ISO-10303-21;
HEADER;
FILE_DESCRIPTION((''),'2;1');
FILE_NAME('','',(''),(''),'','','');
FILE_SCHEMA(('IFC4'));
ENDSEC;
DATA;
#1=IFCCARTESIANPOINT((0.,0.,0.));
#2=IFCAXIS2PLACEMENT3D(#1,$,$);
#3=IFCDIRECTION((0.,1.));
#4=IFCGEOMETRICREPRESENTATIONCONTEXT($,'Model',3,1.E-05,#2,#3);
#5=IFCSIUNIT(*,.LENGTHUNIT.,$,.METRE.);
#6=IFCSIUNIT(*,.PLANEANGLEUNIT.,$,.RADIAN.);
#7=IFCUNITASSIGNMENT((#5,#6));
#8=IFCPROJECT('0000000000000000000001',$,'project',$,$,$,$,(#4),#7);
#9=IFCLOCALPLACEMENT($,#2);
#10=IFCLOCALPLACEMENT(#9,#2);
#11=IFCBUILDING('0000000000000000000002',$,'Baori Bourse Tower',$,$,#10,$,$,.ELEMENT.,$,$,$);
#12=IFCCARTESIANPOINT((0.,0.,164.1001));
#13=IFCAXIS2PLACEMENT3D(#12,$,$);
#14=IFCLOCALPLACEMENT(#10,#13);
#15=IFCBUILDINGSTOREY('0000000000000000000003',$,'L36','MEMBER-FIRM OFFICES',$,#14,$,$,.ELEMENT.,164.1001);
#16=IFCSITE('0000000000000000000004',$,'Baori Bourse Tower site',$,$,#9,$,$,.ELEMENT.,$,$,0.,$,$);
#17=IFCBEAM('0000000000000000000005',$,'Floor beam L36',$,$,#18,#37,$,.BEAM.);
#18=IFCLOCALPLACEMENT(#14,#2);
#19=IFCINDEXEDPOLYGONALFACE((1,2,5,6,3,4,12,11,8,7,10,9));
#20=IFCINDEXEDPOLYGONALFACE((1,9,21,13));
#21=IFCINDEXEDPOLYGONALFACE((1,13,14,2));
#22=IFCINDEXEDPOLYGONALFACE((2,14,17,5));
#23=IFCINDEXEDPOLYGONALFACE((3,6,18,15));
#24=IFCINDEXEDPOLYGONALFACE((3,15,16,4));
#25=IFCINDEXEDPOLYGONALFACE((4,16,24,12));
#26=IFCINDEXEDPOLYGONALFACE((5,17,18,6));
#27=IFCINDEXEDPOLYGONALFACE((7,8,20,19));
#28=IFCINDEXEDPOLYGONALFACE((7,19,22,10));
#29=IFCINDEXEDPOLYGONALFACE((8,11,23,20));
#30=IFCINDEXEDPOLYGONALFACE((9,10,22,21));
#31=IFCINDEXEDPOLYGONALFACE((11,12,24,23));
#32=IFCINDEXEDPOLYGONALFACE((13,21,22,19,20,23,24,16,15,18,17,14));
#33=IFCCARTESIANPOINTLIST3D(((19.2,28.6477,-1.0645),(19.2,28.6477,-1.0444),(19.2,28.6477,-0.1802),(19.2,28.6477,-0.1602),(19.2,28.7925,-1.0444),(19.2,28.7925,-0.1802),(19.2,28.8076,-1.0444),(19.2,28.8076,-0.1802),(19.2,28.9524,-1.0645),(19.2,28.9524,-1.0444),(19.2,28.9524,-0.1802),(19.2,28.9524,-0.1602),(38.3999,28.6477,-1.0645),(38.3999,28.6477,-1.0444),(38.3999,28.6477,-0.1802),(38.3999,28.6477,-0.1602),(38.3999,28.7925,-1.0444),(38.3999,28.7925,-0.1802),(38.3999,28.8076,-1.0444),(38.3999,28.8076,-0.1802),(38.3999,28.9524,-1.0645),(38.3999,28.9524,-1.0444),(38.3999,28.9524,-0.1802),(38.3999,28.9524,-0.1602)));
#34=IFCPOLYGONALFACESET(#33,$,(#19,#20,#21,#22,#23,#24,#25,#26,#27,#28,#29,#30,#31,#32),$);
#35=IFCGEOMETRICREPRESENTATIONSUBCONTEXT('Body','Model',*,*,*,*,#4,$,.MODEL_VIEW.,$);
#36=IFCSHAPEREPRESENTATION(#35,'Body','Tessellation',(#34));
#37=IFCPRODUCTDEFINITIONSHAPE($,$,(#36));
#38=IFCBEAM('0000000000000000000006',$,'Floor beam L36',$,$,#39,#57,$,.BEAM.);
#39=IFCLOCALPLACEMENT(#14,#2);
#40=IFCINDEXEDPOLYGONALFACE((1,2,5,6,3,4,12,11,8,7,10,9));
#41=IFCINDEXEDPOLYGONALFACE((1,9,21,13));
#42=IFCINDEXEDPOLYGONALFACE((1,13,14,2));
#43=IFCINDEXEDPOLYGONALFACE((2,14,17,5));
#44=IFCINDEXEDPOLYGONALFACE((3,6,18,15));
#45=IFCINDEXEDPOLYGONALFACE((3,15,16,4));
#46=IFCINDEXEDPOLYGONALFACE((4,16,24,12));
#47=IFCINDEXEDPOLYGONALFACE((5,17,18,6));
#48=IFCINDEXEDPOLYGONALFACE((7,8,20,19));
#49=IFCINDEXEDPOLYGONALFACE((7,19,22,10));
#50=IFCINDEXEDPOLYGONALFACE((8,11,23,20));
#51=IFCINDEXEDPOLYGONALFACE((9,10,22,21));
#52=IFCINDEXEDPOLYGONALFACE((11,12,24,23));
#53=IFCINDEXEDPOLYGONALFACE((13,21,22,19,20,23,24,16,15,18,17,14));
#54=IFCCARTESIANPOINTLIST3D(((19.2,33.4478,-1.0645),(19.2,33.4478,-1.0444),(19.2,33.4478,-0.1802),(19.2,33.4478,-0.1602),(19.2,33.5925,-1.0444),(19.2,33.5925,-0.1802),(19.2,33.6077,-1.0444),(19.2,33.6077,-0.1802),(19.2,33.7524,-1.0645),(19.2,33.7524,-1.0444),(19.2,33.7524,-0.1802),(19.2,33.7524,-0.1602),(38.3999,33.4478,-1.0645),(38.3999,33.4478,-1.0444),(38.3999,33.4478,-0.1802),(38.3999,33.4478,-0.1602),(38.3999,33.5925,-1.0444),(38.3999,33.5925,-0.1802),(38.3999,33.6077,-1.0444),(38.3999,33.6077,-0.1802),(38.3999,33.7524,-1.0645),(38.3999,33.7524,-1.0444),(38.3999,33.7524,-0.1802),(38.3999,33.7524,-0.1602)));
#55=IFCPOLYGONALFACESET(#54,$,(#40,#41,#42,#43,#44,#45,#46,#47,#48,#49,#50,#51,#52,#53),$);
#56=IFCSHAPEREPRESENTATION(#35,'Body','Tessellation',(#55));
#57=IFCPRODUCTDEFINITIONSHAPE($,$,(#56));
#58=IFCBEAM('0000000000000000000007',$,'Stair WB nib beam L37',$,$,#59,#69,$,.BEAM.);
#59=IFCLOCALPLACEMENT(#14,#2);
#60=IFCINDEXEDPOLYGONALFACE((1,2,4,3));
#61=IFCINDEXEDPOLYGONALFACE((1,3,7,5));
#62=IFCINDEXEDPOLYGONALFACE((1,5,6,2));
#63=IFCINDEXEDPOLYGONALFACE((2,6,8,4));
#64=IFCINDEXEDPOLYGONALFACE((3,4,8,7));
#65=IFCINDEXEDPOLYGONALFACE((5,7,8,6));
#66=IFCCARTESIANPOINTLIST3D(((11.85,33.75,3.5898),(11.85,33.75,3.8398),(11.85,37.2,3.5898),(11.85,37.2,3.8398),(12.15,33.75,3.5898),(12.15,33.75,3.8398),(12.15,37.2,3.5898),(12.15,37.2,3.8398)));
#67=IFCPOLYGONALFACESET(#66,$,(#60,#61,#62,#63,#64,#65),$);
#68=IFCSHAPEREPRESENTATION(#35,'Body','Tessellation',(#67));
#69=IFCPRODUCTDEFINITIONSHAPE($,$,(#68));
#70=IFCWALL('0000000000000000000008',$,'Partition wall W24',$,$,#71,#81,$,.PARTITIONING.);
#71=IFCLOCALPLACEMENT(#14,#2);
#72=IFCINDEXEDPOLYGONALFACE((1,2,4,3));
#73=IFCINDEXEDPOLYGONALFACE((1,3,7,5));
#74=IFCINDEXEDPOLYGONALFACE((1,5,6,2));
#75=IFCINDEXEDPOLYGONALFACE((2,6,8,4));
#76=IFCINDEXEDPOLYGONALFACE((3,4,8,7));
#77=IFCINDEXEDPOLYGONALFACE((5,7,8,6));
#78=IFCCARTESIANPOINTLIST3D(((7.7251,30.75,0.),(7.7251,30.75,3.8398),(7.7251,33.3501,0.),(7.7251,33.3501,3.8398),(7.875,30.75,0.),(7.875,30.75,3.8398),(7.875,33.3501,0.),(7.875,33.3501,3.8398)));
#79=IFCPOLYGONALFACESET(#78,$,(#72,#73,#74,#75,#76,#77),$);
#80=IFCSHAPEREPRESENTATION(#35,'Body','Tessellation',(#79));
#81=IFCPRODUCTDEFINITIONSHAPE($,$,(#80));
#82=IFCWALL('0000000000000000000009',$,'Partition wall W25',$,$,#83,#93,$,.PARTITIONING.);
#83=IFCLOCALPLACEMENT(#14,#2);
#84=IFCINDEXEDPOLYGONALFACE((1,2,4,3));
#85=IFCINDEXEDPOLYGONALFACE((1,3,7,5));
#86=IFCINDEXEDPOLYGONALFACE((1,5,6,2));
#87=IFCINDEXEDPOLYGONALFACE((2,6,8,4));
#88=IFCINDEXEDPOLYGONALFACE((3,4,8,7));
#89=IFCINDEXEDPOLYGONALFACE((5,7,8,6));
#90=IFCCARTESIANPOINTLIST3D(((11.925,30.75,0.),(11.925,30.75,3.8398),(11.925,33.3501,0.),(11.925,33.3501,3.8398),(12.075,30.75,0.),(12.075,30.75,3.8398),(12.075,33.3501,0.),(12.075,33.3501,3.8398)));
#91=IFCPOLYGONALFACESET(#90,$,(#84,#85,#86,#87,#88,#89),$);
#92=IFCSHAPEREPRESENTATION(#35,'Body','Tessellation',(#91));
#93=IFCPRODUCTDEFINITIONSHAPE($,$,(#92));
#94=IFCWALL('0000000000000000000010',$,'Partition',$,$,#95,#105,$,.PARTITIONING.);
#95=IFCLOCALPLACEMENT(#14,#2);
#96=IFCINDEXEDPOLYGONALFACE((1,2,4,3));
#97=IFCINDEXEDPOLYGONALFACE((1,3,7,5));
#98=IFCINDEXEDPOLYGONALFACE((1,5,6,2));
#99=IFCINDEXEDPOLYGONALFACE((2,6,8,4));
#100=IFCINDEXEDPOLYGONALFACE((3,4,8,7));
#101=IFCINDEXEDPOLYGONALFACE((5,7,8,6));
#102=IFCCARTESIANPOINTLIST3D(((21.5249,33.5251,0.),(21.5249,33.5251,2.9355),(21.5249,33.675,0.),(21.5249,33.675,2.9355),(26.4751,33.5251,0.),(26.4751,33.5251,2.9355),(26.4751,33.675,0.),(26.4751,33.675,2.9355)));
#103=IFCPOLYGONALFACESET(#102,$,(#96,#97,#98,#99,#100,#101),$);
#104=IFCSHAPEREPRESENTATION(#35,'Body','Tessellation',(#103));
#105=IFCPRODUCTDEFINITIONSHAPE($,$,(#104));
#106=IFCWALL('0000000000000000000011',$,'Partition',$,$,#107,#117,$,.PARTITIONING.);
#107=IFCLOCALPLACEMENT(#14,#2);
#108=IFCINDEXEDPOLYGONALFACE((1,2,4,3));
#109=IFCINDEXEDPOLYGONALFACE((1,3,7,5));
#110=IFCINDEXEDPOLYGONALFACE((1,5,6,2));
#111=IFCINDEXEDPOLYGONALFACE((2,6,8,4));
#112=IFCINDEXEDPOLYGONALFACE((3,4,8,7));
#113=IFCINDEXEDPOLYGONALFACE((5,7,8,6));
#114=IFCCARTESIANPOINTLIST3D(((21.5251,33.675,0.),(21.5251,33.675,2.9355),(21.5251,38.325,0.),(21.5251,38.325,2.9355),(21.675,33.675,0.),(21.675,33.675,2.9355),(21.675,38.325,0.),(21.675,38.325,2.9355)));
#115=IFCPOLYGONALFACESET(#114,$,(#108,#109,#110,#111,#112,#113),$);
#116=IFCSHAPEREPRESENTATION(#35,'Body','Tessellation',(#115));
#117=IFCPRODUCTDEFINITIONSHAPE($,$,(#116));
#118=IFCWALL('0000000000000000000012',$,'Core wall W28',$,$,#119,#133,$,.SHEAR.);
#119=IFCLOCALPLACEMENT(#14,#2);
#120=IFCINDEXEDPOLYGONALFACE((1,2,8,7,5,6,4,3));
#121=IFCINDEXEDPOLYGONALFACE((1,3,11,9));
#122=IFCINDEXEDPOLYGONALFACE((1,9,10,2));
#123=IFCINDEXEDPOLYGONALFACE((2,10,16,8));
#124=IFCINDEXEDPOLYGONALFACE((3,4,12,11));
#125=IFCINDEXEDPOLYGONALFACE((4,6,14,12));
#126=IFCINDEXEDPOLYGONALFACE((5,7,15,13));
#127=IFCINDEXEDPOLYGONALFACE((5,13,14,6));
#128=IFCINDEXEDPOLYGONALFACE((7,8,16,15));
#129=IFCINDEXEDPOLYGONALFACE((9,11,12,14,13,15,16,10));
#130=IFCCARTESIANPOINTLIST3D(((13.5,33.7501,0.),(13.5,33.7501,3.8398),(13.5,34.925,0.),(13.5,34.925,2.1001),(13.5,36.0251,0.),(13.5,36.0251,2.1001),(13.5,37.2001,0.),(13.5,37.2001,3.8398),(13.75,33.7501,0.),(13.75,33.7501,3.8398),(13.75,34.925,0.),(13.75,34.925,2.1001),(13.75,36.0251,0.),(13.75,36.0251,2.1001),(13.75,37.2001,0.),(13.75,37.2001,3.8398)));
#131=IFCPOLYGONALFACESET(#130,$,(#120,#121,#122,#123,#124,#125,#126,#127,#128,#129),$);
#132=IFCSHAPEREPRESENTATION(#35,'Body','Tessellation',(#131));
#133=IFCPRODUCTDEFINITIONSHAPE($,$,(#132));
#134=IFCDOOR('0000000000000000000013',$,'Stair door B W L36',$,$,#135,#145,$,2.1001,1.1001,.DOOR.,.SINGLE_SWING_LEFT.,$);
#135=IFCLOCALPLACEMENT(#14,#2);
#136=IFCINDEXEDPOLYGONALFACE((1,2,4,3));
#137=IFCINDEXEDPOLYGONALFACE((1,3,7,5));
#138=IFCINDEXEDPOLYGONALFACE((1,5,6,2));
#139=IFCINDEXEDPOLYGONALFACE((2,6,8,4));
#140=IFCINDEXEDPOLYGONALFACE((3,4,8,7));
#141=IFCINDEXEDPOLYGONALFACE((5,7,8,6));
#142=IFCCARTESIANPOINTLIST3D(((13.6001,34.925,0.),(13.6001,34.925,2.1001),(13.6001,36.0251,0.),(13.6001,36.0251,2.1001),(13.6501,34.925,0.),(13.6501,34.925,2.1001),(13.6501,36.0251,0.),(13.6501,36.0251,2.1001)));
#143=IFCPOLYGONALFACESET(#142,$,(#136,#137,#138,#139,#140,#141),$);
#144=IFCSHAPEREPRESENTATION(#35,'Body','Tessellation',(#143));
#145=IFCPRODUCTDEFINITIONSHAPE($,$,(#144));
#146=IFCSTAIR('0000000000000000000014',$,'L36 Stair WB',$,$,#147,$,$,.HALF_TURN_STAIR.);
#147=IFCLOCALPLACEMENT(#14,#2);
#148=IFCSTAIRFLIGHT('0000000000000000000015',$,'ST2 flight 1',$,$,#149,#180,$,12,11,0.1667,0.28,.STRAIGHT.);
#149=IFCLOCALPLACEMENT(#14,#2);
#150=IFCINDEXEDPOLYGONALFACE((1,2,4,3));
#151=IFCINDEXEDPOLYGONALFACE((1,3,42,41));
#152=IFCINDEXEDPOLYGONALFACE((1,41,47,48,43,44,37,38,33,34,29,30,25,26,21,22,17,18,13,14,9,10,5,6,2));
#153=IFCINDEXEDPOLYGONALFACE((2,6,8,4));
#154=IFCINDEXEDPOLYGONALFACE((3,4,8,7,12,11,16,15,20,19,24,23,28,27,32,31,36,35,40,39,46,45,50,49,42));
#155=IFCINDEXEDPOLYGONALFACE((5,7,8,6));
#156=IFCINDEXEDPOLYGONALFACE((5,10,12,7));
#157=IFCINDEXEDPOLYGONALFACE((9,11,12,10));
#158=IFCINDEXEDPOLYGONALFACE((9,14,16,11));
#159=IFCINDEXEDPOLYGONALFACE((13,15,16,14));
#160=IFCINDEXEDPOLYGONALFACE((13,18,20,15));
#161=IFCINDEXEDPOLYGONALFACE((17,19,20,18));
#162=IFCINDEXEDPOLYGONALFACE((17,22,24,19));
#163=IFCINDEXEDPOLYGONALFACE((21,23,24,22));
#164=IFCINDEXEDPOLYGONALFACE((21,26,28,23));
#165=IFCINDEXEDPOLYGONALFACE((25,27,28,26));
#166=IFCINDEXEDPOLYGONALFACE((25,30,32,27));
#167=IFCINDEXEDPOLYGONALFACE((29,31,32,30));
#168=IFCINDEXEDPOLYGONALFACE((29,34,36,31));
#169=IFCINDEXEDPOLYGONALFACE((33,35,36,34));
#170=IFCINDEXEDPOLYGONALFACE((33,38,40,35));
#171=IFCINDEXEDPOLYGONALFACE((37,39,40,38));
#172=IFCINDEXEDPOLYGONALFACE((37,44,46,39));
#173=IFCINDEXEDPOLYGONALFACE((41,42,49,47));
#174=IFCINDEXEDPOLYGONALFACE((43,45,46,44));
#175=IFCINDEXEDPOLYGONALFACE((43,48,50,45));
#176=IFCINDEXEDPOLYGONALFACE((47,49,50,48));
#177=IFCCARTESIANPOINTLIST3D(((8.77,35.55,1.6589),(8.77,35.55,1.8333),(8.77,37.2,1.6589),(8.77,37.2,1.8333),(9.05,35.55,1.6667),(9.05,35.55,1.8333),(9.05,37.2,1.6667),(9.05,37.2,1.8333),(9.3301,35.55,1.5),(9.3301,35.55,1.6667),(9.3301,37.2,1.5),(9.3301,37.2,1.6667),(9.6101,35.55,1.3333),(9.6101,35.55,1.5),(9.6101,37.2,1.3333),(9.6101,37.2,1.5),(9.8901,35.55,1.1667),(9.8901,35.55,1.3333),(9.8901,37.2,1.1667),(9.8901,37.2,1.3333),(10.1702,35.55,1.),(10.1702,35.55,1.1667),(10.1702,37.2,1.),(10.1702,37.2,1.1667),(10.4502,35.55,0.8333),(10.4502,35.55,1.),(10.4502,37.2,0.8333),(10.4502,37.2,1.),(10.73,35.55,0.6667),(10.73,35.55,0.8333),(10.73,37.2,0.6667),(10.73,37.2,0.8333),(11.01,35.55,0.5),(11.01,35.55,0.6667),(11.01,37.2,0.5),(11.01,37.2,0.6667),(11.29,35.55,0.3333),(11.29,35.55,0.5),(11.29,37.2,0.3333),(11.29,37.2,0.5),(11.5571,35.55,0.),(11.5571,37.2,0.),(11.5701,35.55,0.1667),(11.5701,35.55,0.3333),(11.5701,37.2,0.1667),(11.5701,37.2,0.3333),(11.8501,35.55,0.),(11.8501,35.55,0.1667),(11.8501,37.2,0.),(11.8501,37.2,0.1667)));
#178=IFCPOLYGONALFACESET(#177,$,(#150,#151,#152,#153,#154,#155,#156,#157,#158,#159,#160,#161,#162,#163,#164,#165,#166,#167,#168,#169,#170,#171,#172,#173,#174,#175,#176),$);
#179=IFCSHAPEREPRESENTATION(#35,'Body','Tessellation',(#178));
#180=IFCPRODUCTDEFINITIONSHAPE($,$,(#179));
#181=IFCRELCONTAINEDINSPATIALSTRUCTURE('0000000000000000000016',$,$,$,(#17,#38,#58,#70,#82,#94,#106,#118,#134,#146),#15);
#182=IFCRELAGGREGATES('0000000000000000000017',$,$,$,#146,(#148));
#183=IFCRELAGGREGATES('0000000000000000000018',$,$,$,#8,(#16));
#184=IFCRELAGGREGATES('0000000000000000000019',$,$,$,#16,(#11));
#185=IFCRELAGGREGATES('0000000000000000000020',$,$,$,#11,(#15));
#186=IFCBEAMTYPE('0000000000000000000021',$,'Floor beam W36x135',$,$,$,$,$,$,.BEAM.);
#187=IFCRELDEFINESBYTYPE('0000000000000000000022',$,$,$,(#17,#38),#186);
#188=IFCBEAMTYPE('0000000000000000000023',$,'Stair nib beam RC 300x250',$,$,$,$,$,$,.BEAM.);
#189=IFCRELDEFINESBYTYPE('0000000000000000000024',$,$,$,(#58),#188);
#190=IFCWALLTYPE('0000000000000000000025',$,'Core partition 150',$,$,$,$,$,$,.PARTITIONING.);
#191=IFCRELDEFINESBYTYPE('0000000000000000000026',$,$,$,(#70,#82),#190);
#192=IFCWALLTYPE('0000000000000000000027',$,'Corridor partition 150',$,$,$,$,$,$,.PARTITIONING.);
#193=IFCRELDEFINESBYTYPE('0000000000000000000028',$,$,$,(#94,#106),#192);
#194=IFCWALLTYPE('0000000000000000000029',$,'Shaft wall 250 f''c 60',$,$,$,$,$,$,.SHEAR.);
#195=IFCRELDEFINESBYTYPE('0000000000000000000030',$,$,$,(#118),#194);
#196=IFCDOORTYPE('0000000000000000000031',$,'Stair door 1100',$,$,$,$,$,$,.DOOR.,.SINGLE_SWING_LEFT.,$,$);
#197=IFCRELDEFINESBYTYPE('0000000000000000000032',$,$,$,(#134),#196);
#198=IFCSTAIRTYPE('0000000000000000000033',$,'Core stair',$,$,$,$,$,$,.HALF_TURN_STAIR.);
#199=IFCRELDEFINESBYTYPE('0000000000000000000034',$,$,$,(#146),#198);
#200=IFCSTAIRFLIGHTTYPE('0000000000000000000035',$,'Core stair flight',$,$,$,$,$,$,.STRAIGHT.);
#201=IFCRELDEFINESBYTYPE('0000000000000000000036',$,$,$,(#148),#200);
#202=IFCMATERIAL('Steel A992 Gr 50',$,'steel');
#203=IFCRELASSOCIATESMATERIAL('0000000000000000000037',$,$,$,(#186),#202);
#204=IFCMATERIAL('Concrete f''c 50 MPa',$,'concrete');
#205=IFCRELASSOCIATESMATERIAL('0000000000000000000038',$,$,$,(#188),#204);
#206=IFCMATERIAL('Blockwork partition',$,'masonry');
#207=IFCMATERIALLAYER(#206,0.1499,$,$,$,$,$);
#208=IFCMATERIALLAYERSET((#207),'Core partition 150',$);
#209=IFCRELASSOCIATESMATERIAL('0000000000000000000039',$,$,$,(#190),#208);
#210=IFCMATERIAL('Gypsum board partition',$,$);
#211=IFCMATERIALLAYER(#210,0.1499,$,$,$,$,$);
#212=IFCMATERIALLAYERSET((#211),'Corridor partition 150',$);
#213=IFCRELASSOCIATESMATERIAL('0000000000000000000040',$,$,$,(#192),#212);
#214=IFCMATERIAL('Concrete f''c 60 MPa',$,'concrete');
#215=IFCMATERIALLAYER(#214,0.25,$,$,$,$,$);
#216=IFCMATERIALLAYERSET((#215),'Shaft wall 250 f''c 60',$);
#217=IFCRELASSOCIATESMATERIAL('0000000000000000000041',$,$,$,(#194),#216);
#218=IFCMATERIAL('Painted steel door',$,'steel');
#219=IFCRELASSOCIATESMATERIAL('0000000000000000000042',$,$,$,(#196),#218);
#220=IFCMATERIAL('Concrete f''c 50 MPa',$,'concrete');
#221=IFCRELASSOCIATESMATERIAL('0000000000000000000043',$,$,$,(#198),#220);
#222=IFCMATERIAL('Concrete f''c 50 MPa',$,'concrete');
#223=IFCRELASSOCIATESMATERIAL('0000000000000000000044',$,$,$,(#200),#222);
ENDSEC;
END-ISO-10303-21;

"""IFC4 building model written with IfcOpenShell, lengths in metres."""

from ifc_helpers import new_model, si_unit, direction, frame, frame_2d, origin, origin_2d, place, context, subcontext, project, spatial, polyline, rectangle, i_section, outline, extrude, material, layer, layer_set, material_profile, profile_set, type_object, element, fill, aggregate, save


model = new_model("IFC4")

# Units and contexts
model_context = context("Model", 3, precision=1e-05, world=origin(), true_north=direction((0.0, 1.0)))
body_context = subcontext(model_context, "Body", "Model", "MODEL_VIEW")
ifc_project = project(units=[si_unit("LENGTHUNIT", "METRE"), si_unit("PLANEANGLEUNIT", "RADIAN")], contexts=[model_context])

# Site, building, storey
site_placement = place(None, origin())
site = spatial("IfcSite", under=ifc_project, at=site_placement, Name="Baori Bourse Tower site", CompositionType="ELEMENT", RefElevation=0.0)
building_placement = place(site_placement, origin())
building = spatial("IfcBuilding", under=site, at=building_placement, Name="Baori Bourse Tower", CompositionType="ELEMENT")
storey_placement = place(building_placement, frame((0.0, 0.0, 164.1001)))
storey = spatial("IfcBuildingStorey", under=building, at=storey_placement, Name="L36", Description="MEMBER-FIRM OFFICES", CompositionType="ELEMENT", Elevation=164.1001)

# Beams
ifc_material_1 = material(Name="Steel A992 Gr 50", Category="steel")
ifc_material_profile_1 = material_profile(ifc_material_1, i_section(OverallWidth=0.3047, OverallDepth=0.9043, WebThickness=0.0151, FlangeThickness=0.02, at=origin_2d()), Name="W36x135")
ifc_profile_set_1 = profile_set([ifc_material_profile_1], Name="Steel A992 Gr 50")
beam_type_1 = type_object("IfcBeamType", Name="Floor beam W36x135", PredefinedType="BEAM", material=ifc_profile_set_1)
for number, where, z_axis, x_axis, name in (
    (1, (19.2, 28.8, -0.6123), (1.0, 0.0, 0.0), (0.0, 1.0, 0.0), "Floor beam L36"),
    (2, (19.2, 33.6001, -0.6123), (1.0, 0.0, 0.0), (0.0, 1.0, 0.0), "Floor beam L36"),
):
    element("IfcBeam", number, at=place(storey_placement, frame(where, z_axis=z_axis, x_axis=x_axis)), inside=storey, type_object=beam_type_1, Name=name, PredefinedType="BEAM", context=body_context, shape_type="SweptSolid", body=[
        extrude(i_section(OverallWidth=0.3047, OverallDepth=0.9043, WebThickness=0.0151, FlangeThickness=0.02, at=origin_2d()), origin(), (0.0, 0.0, 1.0), 19.2),
    ])
ifc_material_2 = material(Name="Concrete f'c 50 MPa", Category="concrete")
ifc_material_profile_2 = material_profile(ifc_material_2, rectangle(XDim=0.3, YDim=0.25, at=origin_2d()), Name="RC 300x250")
ifc_profile_set_2 = profile_set([ifc_material_profile_2], Name="Concrete f'c 50 MPa")
beam_type_2 = type_object("IfcBeamType", Name="Stair nib beam RC 300x250", PredefinedType="BEAM", material=ifc_profile_set_2)
beam_placement = place(storey_placement, frame((12.0, 33.75, 3.7148), z_axis=(0.0, 1.0, 0.0), x_axis=(-1.0, 0.0, 0.0)))
element("IfcBeam", 3, at=beam_placement, inside=storey, type_object=beam_type_2, Name="Stair WB nib beam L37", PredefinedType="BEAM", context=body_context, shape_type="SweptSolid", body=[
    extrude(rectangle(XDim=0.3, YDim=0.25, at=origin_2d()), origin(), (0.0, 0.0, 1.0), 3.45),
])

# Walls
ifc_material_3 = material(Name="Blockwork partition", Category="masonry")
ifc_layer_1 = layer(ifc_material_3, 0.1499)
ifc_layer_set_1 = layer_set([ifc_layer_1], Name="Core partition 150")
wall_type_1 = type_object("IfcWallType", Name="Core partition 150", PredefinedType="PARTITIONING", material=ifc_layer_set_1)
for number, where, z_axis, x_axis, name in (
    (4, (7.8, 30.75, 0.0), (0.0, 0.0, 1.0), (0.0, 1.0, 0.0), "Partition wall W24"),
    (5, (12.0, 30.75, 0.0), (0.0, 0.0, 1.0), (0.0, 1.0, 0.0), "Partition wall W25"),
):
    element("IfcWall", number, at=place(storey_placement, frame(where, z_axis=z_axis, x_axis=x_axis)), inside=storey, type_object=wall_type_1, Name=name, PredefinedType="PARTITIONING", context=body_context, shape_type="SweptSolid", body=[
        extrude(rectangle(XDim=2.6001, YDim=0.1499, at=frame_2d((1.3, 0.0))), origin(), (0.0, 0.0, 1.0), 3.8398),
    ])
ifc_material_4 = material(Name="Gypsum board partition")
ifc_layer_2 = layer(ifc_material_4, 0.1499)
ifc_layer_set_2 = layer_set([ifc_layer_2], Name="Corridor partition 150")
wall_type_2 = type_object("IfcWallType", Name="Corridor partition 150", PredefinedType="PARTITIONING", material=ifc_layer_set_2)
wall_1_placement = place(storey_placement, frame((21.5249, 33.6001, 0.0), z_axis=(0.0, 0.0, 1.0), x_axis=(1.0, 0.0, 0.0)))
element("IfcWall", 6, at=wall_1_placement, inside=storey, type_object=wall_type_2, Name="Partition", PredefinedType="PARTITIONING", context=body_context, shape_type="SweptSolid", body=[
    extrude(rectangle(XDim=4.9502, YDim=0.1499, at=frame_2d((2.4751, 0.0))), origin(), (0.0, 0.0, 1.0), 2.9355),
])
wall_2_placement = place(storey_placement, frame((21.6001, 33.675, 0.0), z_axis=(0.0, 0.0, 1.0), x_axis=(0.0, 1.0, 0.0)))
element("IfcWall", 7, at=wall_2_placement, inside=storey, type_object=wall_type_2, Name="Partition", PredefinedType="PARTITIONING", context=body_context, shape_type="SweptSolid", body=[
    extrude(rectangle(XDim=4.6499, YDim=0.1499, at=frame_2d((2.325, 0.0))), origin(), (0.0, 0.0, 1.0), 2.9355),
])

# Wall, opening, door
ifc_material_5 = material(Name="Concrete f'c 60 MPa", Category="concrete")
ifc_layer_3 = layer(ifc_material_5, 0.25)
ifc_layer_set_3 = layer_set([ifc_layer_3], Name="Shaft wall 250 f'c 60")
wall_type_3 = type_object("IfcWallType", Name="Shaft wall 250 f'c 60", PredefinedType="SHEAR", material=ifc_layer_set_3)
wall_3_placement = place(storey_placement, frame((13.625, 33.75, 0.0), z_axis=(0.0, 0.0, 1.0), x_axis=(0.0, 1.0, 0.0)))
wall_3 = element("IfcWall", 8, at=wall_3_placement, inside=storey, type_object=wall_type_3, Name="Core wall W28", PredefinedType="SHEAR", context=body_context, shape_type="SweptSolid", body=[
    extrude(rectangle(XDim=3.45, YDim=0.25, at=frame_2d((1.7251, 0.0))), origin(), (0.0, 0.0, 1.0), 3.8398),
])
opening_placement = place(wall_3_placement, frame((1.175, 0.0, 0.0)))
opening = element("IfcOpeningElement", 9, at=opening_placement, cuts=wall_3, PredefinedType="OPENING", context=body_context, shape_type="SweptSolid", body=[
    extrude(rectangle(XDim=1.1001, YDim=2.1001, at=frame_2d((0.55, 1.05))), frame((0.0, 0.135, 0.0), z_axis=(0.0, -1.0, 0.0), x_axis=(1.0, 0.0, 0.0)), (0.0, 0.0, 1.0), 0.27),
])
ifc_material_6 = material(Name="Painted steel door", Category="steel")
door_type = type_object("IfcDoorType", Name="Stair door 1100", OperationType="SINGLE_SWING_LEFT", PredefinedType="DOOR", material=ifc_material_6)
door_placement = place(opening_placement, origin())
door = element("IfcDoor", 10, at=door_placement, inside=storey, type_object=door_type, Name="Stair door B W L36", OperationType="SINGLE_SWING_LEFT", OverallHeight=2.1001, OverallWidth=1.1001, PredefinedType="DOOR", context=body_context, shape_type="SweptSolid", body=[
    extrude(rectangle(XDim=1.1001, YDim=2.1001, at=frame_2d((0.55, 1.05))), frame((0.0, 0.0249, 0.0), z_axis=(0.0, -1.0, 0.0), x_axis=(1.0, 0.0, 0.0)), (0.0, 0.0, 1.0), 0.05),
])
fill(opening, door)

# Stair, stair flight
ifc_material_7 = material(Name="Concrete f'c 50 MPa", Category="concrete")
stair_type = type_object("IfcStairType", Name="Core stair", PredefinedType="HALF_TURN_STAIR", material=ifc_material_7)
stair_placement = place(storey_placement, origin())
stair = element("IfcStair", 11, at=stair_placement, inside=storey, type_object=stair_type, Name="L36 Stair WB", PredefinedType="HALF_TURN_STAIR")
ifc_material_8 = material(Name="Concrete f'c 50 MPa", Category="concrete")
stair_flight_type = type_object("IfcStairFlightType", Name="Core stair flight", PredefinedType="STRAIGHT", material=ifc_material_8)
stair_flight_1_placement = place(storey_placement, frame((11.8501, 36.375, 0.0), z_axis=(0.0, 0.0, 1.0), x_axis=(-1.0, 0.0, 0.0)))
stair_flight_1 = element("IfcStairFlight", 12, at=stair_flight_1_placement, type_object=stair_flight_type, Name="ST2 flight 1", NumberOfRisers=12, NumberOfTreads=11, PredefinedType="STRAIGHT", RiserHeight=0.1667, TreadLength=0.28, context=body_context, shape_type="SweptSolid", body=[
    extrude(outline(polyline([(0.0, 0.0), (0.0, 0.1667), (0.28, 0.1667), (0.28, 0.3333), (0.5601, 0.3333), (0.5601, 0.5), (0.8401, 0.5), (0.8401, 0.6667), (1.1201, 0.6667), (1.1201, 0.8333), (1.3999, 0.8333), (1.3999, 1.0), (1.6799, 1.0), (1.6799, 1.1667), (1.96, 1.1667), (1.96, 1.3333), (2.24, 1.3333), (2.24, 1.5), (2.52, 1.5), (2.52, 1.6667), (2.8, 1.6667), (2.8, 1.8333), (3.0801, 1.8333), (3.0801, 2.0), (3.0801, 1.6589), (0.293, 0.0), (0.0, 0.0)])), frame((0.0, 0.825, 0.0), z_axis=(0.0, -1.0, 0.0), x_axis=(1.0, 0.0, 0.0)), (0.0, 0.0, 1.0), 1.6499),
])
aggregate(stair, [stair_flight_1])

save(model, "model.ifc")
